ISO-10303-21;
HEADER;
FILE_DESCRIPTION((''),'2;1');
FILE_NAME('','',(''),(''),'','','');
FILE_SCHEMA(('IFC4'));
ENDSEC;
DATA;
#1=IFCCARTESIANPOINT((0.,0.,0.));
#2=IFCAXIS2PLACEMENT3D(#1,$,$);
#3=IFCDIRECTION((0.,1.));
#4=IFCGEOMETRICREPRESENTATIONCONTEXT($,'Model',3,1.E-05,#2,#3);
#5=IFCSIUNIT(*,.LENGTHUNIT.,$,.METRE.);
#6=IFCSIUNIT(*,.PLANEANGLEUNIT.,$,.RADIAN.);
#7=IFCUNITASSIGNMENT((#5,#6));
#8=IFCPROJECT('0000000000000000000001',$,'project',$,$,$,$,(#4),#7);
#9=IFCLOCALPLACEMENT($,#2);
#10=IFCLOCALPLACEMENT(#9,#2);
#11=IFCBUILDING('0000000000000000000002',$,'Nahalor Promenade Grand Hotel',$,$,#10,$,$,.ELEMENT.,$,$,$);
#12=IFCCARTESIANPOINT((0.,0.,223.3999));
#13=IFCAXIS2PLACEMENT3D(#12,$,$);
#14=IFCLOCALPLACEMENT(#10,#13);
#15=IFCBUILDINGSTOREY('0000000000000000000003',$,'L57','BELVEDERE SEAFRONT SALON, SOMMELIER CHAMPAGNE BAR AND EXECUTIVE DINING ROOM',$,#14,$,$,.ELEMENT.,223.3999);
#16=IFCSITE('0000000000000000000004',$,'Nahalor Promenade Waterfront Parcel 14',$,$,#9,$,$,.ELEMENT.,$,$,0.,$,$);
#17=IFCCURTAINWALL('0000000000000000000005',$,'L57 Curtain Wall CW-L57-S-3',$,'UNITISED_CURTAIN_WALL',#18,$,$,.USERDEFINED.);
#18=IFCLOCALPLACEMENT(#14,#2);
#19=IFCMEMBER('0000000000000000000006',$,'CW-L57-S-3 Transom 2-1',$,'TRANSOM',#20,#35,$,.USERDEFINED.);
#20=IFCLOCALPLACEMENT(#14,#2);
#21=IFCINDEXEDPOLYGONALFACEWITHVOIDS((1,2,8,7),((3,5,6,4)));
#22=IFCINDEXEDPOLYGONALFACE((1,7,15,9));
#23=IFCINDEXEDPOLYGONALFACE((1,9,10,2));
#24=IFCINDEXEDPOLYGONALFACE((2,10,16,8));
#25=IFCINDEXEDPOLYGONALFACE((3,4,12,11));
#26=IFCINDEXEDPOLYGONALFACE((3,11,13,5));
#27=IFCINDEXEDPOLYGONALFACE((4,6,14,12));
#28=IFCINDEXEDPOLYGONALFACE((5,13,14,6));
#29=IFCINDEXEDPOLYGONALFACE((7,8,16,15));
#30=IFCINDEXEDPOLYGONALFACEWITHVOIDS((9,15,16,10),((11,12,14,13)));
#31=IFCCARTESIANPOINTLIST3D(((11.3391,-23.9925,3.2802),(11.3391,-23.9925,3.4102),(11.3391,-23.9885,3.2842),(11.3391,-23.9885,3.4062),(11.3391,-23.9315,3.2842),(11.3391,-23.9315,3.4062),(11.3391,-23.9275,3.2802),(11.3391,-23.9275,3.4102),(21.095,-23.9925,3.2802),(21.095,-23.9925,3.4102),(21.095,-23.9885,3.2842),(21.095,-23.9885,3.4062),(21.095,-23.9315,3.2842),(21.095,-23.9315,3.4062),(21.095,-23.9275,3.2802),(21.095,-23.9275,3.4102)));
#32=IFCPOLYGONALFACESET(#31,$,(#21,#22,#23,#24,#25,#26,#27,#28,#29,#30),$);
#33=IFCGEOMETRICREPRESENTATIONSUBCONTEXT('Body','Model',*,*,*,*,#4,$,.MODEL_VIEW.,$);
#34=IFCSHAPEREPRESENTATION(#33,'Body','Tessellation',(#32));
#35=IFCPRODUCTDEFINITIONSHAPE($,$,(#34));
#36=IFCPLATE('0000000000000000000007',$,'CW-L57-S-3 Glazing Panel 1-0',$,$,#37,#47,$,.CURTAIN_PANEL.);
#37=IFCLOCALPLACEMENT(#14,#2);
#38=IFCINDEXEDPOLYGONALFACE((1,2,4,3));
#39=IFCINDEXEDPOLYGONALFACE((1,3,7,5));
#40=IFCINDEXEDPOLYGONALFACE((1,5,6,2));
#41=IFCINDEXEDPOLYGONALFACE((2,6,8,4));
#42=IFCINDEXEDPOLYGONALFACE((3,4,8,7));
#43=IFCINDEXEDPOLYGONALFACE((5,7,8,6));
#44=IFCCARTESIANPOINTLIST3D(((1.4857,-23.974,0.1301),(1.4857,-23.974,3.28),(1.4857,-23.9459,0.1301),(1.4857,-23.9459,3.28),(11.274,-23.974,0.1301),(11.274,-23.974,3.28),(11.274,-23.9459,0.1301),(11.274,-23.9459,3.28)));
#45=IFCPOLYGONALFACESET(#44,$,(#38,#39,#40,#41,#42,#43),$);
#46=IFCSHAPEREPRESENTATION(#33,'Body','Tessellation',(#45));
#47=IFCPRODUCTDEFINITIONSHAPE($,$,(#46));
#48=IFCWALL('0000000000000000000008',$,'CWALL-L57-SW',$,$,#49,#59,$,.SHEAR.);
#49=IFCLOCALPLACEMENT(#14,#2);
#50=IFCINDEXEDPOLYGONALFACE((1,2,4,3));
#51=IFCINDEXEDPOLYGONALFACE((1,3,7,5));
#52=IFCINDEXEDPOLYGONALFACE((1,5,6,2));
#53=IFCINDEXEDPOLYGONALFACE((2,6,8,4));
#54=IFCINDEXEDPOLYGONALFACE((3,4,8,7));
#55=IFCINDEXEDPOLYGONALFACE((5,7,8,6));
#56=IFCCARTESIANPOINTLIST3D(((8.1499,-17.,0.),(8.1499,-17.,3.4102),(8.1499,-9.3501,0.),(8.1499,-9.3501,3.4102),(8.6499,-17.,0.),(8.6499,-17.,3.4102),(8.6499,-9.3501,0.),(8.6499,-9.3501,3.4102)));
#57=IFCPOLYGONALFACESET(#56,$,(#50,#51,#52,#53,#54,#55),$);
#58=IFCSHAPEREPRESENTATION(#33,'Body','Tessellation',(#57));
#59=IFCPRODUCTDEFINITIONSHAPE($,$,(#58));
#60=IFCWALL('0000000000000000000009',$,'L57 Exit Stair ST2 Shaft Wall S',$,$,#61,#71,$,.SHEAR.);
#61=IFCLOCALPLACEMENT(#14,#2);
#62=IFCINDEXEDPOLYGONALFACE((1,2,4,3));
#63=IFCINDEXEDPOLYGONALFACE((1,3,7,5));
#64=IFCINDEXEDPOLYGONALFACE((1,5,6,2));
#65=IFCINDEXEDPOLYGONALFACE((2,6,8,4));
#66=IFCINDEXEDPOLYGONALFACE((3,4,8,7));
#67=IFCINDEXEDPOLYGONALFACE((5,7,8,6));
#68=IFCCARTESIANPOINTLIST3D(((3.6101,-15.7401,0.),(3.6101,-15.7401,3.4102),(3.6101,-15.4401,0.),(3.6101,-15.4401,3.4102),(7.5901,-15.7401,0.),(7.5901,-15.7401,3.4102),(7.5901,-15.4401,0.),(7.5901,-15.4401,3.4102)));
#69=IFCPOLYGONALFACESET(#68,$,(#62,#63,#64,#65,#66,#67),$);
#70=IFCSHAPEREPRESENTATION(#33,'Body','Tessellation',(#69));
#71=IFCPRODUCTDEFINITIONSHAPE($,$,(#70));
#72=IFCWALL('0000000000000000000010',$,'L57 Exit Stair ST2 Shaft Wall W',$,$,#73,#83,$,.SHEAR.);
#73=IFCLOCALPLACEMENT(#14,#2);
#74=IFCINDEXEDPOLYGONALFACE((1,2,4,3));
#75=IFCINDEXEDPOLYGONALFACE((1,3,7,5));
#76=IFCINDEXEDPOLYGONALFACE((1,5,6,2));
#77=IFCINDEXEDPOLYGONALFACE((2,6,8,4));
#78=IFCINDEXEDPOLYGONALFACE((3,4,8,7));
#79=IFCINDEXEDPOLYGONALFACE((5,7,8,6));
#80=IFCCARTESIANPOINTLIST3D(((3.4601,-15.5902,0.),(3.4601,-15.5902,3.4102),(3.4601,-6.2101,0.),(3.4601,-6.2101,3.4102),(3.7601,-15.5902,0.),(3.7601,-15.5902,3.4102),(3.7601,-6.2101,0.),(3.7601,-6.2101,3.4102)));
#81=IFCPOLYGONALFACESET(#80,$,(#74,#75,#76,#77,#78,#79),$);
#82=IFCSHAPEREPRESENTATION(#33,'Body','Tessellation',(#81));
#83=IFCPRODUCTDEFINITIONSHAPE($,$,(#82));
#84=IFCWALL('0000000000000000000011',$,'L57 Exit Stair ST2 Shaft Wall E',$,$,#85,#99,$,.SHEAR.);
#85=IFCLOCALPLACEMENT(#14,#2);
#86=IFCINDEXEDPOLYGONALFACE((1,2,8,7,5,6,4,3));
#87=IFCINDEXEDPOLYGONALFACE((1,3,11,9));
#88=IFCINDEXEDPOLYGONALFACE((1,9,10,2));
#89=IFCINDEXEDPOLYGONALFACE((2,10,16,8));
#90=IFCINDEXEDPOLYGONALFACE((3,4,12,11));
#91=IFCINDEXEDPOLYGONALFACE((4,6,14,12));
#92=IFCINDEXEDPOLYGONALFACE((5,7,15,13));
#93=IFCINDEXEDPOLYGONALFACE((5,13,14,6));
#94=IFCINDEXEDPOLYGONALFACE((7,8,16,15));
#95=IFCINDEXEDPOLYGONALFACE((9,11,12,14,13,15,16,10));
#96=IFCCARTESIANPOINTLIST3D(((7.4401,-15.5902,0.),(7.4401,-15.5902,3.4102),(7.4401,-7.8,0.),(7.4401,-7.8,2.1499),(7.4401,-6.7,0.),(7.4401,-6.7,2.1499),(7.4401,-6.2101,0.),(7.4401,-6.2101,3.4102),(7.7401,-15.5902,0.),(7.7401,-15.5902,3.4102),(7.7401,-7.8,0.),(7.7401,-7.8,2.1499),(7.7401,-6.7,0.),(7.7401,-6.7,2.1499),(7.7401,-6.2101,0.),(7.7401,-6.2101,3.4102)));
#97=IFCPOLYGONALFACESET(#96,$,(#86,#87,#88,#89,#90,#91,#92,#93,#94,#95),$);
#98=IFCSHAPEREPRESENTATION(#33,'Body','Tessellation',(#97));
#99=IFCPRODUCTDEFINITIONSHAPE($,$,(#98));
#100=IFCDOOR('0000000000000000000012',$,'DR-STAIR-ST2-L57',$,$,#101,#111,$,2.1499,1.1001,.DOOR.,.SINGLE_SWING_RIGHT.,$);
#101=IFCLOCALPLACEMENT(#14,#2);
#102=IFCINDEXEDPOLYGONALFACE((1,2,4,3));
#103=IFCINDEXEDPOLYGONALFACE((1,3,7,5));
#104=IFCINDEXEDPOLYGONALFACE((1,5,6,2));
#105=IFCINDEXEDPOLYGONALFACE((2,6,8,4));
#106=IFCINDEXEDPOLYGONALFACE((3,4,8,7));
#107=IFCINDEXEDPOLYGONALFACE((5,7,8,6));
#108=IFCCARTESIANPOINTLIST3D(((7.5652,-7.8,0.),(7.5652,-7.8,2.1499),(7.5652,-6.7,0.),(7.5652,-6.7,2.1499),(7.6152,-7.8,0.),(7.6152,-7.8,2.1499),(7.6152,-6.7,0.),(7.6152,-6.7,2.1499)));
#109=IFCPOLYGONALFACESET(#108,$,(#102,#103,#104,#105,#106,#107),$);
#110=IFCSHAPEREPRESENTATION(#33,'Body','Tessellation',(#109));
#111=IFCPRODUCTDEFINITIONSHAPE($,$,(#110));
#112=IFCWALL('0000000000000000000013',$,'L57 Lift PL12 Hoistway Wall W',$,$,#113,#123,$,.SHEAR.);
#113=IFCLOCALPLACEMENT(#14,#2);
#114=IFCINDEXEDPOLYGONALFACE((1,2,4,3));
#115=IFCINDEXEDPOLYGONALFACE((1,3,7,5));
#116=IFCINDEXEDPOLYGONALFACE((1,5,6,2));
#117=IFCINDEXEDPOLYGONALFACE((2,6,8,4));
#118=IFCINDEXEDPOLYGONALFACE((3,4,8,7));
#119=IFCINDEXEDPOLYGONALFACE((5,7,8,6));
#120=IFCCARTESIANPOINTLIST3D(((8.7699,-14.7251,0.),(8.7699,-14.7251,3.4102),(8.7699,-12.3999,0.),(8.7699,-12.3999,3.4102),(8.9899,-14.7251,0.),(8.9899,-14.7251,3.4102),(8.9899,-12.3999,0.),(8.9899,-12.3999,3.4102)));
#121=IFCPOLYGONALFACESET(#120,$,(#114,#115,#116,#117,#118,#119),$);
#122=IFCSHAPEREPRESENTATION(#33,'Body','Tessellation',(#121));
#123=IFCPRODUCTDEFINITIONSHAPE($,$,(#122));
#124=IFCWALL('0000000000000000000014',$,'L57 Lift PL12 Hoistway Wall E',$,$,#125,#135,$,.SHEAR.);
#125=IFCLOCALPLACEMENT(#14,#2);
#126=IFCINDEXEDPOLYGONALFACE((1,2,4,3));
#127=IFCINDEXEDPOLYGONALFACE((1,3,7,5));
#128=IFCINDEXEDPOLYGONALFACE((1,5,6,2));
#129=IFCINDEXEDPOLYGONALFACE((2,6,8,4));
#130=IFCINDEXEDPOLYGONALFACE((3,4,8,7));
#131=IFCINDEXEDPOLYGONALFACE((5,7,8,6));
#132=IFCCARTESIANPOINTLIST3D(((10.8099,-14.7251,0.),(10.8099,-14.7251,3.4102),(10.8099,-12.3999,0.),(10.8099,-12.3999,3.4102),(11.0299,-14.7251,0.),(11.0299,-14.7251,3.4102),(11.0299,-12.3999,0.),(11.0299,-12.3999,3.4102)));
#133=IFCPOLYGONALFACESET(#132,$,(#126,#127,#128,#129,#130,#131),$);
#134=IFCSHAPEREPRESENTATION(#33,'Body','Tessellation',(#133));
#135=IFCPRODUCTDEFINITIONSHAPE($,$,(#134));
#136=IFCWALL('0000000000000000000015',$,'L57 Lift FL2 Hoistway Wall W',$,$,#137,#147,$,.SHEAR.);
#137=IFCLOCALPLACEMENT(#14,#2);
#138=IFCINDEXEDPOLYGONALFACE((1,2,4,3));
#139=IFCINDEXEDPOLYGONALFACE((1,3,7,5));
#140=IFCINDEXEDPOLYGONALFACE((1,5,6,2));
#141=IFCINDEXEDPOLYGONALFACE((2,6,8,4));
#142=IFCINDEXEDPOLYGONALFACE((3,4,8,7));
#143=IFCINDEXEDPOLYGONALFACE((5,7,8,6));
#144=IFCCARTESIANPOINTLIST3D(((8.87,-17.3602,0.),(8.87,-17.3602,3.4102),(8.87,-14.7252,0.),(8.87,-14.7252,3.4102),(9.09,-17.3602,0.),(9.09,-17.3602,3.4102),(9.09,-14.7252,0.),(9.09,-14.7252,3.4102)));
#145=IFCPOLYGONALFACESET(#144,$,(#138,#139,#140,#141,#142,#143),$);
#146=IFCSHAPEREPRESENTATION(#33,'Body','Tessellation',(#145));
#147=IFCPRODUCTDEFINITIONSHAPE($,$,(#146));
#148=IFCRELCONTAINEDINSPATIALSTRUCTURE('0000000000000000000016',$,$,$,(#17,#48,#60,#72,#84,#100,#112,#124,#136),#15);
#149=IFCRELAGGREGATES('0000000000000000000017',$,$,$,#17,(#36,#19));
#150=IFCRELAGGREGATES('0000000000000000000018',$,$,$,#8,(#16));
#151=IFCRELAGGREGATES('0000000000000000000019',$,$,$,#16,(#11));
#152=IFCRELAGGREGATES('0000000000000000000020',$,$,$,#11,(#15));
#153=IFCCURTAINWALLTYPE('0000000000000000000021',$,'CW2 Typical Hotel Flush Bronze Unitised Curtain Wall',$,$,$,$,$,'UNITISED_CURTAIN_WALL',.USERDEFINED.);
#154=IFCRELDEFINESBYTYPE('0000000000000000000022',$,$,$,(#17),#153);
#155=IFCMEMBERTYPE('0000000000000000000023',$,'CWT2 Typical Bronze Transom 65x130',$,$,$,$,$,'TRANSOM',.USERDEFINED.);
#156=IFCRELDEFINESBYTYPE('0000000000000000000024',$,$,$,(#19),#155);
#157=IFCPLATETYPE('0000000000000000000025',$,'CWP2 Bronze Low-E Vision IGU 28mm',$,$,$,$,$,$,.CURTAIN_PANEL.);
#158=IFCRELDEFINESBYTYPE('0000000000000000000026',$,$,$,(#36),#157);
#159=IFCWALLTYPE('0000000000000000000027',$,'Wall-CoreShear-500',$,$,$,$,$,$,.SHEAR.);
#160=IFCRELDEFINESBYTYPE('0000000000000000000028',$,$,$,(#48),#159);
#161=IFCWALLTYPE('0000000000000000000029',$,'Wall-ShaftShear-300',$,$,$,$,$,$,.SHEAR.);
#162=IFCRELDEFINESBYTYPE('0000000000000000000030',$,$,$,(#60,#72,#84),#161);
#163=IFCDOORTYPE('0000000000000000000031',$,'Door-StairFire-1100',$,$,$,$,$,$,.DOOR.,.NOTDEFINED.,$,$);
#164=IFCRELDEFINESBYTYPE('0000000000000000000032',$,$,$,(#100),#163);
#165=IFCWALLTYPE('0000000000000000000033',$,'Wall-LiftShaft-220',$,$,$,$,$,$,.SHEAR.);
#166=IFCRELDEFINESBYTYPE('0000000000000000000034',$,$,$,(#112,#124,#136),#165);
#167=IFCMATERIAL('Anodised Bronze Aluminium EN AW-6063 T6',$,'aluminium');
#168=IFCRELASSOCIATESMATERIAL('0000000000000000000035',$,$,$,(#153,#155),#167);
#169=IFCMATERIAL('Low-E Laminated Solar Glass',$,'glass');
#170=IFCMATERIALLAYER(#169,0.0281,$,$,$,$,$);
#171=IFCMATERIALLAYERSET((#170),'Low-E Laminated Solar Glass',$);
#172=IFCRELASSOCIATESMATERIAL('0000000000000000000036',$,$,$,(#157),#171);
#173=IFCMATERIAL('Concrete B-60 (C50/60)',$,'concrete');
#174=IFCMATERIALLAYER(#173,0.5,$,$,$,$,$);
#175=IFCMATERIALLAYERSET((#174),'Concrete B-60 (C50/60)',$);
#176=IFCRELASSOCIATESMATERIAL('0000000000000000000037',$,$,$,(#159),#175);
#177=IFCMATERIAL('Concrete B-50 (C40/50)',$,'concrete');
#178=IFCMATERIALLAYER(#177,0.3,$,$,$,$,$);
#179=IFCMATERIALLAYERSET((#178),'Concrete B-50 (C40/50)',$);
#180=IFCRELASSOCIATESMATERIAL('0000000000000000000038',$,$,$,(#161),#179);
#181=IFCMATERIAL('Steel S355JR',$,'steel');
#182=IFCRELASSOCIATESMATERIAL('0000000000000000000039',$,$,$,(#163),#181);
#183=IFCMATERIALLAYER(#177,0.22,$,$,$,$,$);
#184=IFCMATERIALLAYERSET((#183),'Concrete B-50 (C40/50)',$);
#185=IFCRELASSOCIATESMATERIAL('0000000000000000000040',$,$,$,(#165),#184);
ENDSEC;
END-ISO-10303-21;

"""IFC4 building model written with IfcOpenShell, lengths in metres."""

from ifc_helpers import new_model, si_unit, direction, frame, frame_2d, origin, origin_2d, place, context, subcontext, project, spatial, rectangle, hollow_rectangle, extrude, source, transform, mapped, material, layer, layer_set, material_profile, profile_set, type_object, element, fill, aggregate, save


model = new_model("IFC4")

# Units and contexts
model_context = context("Model", 3, precision=1e-05, world=origin(), true_north=direction((0.0, 1.0)))
body_context = subcontext(model_context, "Body", "Model", "MODEL_VIEW")
ifc_project = project(units=[si_unit("LENGTHUNIT", "METRE"), si_unit("PLANEANGLEUNIT", "RADIAN")], contexts=[model_context])

# Site, building, storey
site_placement = place(None, origin())
site = spatial("IfcSite", under=ifc_project, at=site_placement, Name="Nahalor Promenade Waterfront Parcel 14", CompositionType="ELEMENT", RefElevation=0.0)
building_placement = place(site_placement, origin())
building = spatial("IfcBuilding", under=site, at=building_placement, Name="Nahalor Promenade Grand Hotel", CompositionType="ELEMENT")
storey_placement = place(building_placement, frame((0.0, 0.0, 223.3999)))
storey = spatial("IfcBuildingStorey", under=building, at=storey_placement, Name="L57", Description="BELVEDERE SEAFRONT SALON, SOMMELIER CHAMPAGNE BAR AND EXECUTIVE DINING ROOM", CompositionType="ELEMENT", Elevation=223.3999)

# Shared definitions
ifc_material_1 = material(Name="Concrete B-60 (C50/60)", Category="concrete")
ifc_material_2 = material(Name="Steel S355JR", Category="steel")

# Curtain wall, member, plate
ifc_material_3 = material(Name="Anodised Bronze Aluminium EN AW-6063 T6", Category="aluminium")
curtain_wall_type = type_object("IfcCurtainWallType", Name="CW2 Typical Hotel Flush Bronze Unitised Curtain Wall", ElementType="UNITISED_CURTAIN_WALL", PredefinedType="USERDEFINED", material=ifc_material_3)
curtain_wall_placement = place(storey_placement, origin())
curtain_wall = element("IfcCurtainWall", 1, at=curtain_wall_placement, inside=storey, type_object=curtain_wall_type, Name="L57 Curtain Wall CW-L57-S-3", ObjectType="UNITISED_CURTAIN_WALL", PredefinedType="USERDEFINED")
ifc_material_profile_1 = material_profile(ifc_material_3, hollow_rectangle(XDim=0.065, YDim=0.13, WallThickness=0.004, at=origin_2d()), Name="CWT 65x130x4")
ifc_profile_set_1 = profile_set([ifc_material_profile_1], Name="Anodised Bronze Aluminium EN AW-6063 T6")
member_type_1 = type_object("IfcMemberType", Name="CWT2 Typical Bronze Transom 65x130", ElementType="TRANSOM", PredefinedType="USERDEFINED", material=ifc_profile_set_1)
shared_shape_1 = source(origin(), body_context, "Body", "SweptSolid", [
    extrude(hollow_rectangle(XDim=0.065, YDim=0.13, WallThickness=0.004, at=origin_2d()), origin(), (0.0, 0.0, 1.0), 9.7559),
])
member_1_placement = place(storey_placement, frame((11.3391, -23.96, 3.3452), z_axis=(1.0, 0.0, 0.0), x_axis=(0.0, 1.0, 0.0)))
member_1 = element("IfcMember", 2, at=member_1_placement, type_object=member_type_1, Name="CW-L57-S-3 Transom 2-1", ObjectType="TRANSOM", PredefinedType="USERDEFINED", context=body_context, shape_type="MappedRepresentation", body=[
    mapped(shared_shape_1, transform((0.0, 0.0, 0.0), scale=1.0)),
])
ifc_material_4 = material(Name="Low-E Laminated Solar Glass", Category="glass")
ifc_layer_1 = layer(ifc_material_4, 0.0281)
ifc_layer_set_1 = layer_set([ifc_layer_1], Name="Low-E Laminated Solar Glass")
plate_type = type_object("IfcPlateType", Name="CWP2 Bronze Low-E Vision IGU 28mm", PredefinedType="CURTAIN_PANEL", material=ifc_layer_set_1)
shared_shape_2 = source(origin(), body_context, "Body", "SweptSolid", [
    extrude(rectangle(XDim=9.7883, YDim=0.0281, at=origin_2d()), origin(), (0.0, 0.0, 1.0), 3.1499),
])
plate_placement = place(storey_placement, frame((6.3799, -23.96, 0.1301), z_axis=(0.0, 0.0, 1.0), x_axis=(1.0, 0.0, 0.0)))
plate = element("IfcPlate", 3, at=plate_placement, type_object=plate_type, Name="CW-L57-S-3 Glazing Panel 1-0", PredefinedType="CURTAIN_PANEL", context=body_context, shape_type="MappedRepresentation", body=[
    mapped(shared_shape_2, transform((0.0, 0.0, 0.0), scale=1.0)),
])
aggregate(curtain_wall, [plate, member_1])

# Walls
ifc_layer_2 = layer(ifc_material_1, 0.5)
ifc_layer_set_2 = layer_set([ifc_layer_2], Name="Concrete B-60 (C50/60)")
wall_type_1 = type_object("IfcWallType", Name="Wall-CoreShear-500", PredefinedType="SHEAR", material=ifc_layer_set_2)
shared_shape_3 = source(origin(), body_context, "Body", "SweptSolid", [
    extrude(rectangle(XDim=7.6499, YDim=0.5, at=frame_2d((3.825, 0.0))), origin(), (0.0, 0.0, 1.0), 3.4102),
])
wall_1_placement = place(storey_placement, frame((8.3999, -17.0, 0.0), z_axis=(0.0, 0.0, 1.0), x_axis=(0.0, 1.0, 0.0)))
element("IfcWall", 4, at=wall_1_placement, inside=storey, type_object=wall_type_1, Name="CWALL-L57-SW", PredefinedType="SHEAR", context=body_context, shape_type="MappedRepresentation", body=[
    mapped(shared_shape_3, transform((0.0, 0.0, 0.0), scale=1.0)),
])
ifc_material_5 = material(Name="Concrete B-50 (C40/50)", Category="concrete")
ifc_layer_3 = layer(ifc_material_5, 0.3)
ifc_layer_set_3 = layer_set([ifc_layer_3], Name="Concrete B-50 (C40/50)")
wall_type_2 = type_object("IfcWallType", Name="Wall-ShaftShear-300", PredefinedType="SHEAR", material=ifc_layer_set_3)
shared_shape_4 = source(origin(), body_context, "Body", "SweptSolid", [
    extrude(rectangle(XDim=3.98, YDim=0.3, at=frame_2d((1.99, 0.0))), origin(), (0.0, 0.0, 1.0), 3.4102),
])
wall_2_placement = place(storey_placement, frame((3.6101, -15.5901, 0.0), z_axis=(0.0, 0.0, 1.0), x_axis=(1.0, 0.0, 0.0)))
element("IfcWall", 5, at=wall_2_placement, inside=storey, type_object=wall_type_2, Name="L57 Exit Stair ST2 Shaft Wall S", PredefinedType="SHEAR", context=body_context, shape_type="MappedRepresentation", body=[
    mapped(shared_shape_4, transform((0.0, 0.0, 0.0), scale=1.0)),
])
shared_shape_5 = source(origin(), body_context, "Body", "SweptSolid", [
    extrude(rectangle(XDim=9.3801, YDim=0.3, at=frame_2d((4.6899, 0.0))), origin(), (0.0, 0.0, 1.0), 3.4102),
])
wall_3_placement = place(storey_placement, frame((3.6101, -15.5901, 0.0), z_axis=(0.0, 0.0, 1.0), x_axis=(0.0, 1.0, 0.0)))
element("IfcWall", 6, at=wall_3_placement, inside=storey, type_object=wall_type_2, Name="L57 Exit Stair ST2 Shaft Wall W", PredefinedType="SHEAR", context=body_context, shape_type="MappedRepresentation", body=[
    mapped(shared_shape_5, transform((0.0, 0.0, 0.0), scale=1.0)),
])

# Wall, opening, door
wall_4_placement = place(storey_placement, frame((7.5901, -15.5901, 0.0), z_axis=(0.0, 0.0, 1.0), x_axis=(0.0, 1.0, 0.0)))
wall_4 = element("IfcWall", 7, at=wall_4_placement, inside=storey, type_object=wall_type_2, Name="L57 Exit Stair ST2 Shaft Wall E", PredefinedType="SHEAR", context=body_context, shape_type="MappedRepresentation", body=[
    mapped(shared_shape_5, transform((0.0, 0.0, 0.0), scale=1.0)),
])
opening_1_placement = place(wall_4_placement, frame((7.79, 0.0, 0.0)))
opening_1 = element("IfcOpeningElement", 8, at=opening_1_placement, cuts=wall_4, PredefinedType="OPENING", context=body_context, shape_type="SweptSolid", body=[
    extrude(rectangle(XDim=1.1001, YDim=2.1499, at=frame_2d((0.55, 1.075))), frame((0.0, 0.1599, 0.0), z_axis=(0.0, -1.0, 0.0), x_axis=(1.0, 0.0, 0.0)), (0.0, 0.0, 1.0), 0.3201),
])
door_type_1 = type_object("IfcDoorType", Name="Door-StairFire-1100", OperationType="NOTDEFINED", PredefinedType="DOOR", material=ifc_material_2)
shared_shape_6 = source(origin(), body_context, "Body", "SweptSolid", [
    extrude(rectangle(XDim=1.1001, YDim=2.1499, at=frame_2d((0.55, 1.075))), frame((0.0, 0.0249, 0.0), z_axis=(0.0, -1.0, 0.0), x_axis=(1.0, 0.0, 0.0)), (0.0, 0.0, 1.0), 0.05),
])
door_1_placement = place(opening_1_placement, origin())
door_1 = element("IfcDoor", 9, at=door_1_placement, inside=storey, type_object=door_type_1, Name="DR-STAIR-ST2-L57", OperationType="SINGLE_SWING_RIGHT", OverallHeight=2.1499, OverallWidth=1.1001, PredefinedType="DOOR", context=body_context, shape_type="MappedRepresentation", body=[
    mapped(shared_shape_6, transform((0.0, 0.0, 0.0), scale=1.0)),
])
fill(opening_1, door_1)

# Walls
ifc_layer_4 = layer(ifc_material_5, 0.22)
ifc_layer_set_4 = layer_set([ifc_layer_4], Name="Concrete B-50 (C40/50)")
wall_type_3 = type_object("IfcWallType", Name="Wall-LiftShaft-220", PredefinedType="SHEAR", material=ifc_layer_set_4)
shared_shape_7 = source(origin(), body_context, "Body", "SweptSolid", [
    extrude(rectangle(XDim=2.3252, YDim=0.22, at=frame_2d((1.1626, 0.0))), origin(), (0.0, 0.0, 1.0), 3.4102),
])
for number, where, z_axis, x_axis, name in (
    (10, (8.8799, -14.7251, 0.0), (0.0, 0.0, 1.0), (0.0, 1.0, 0.0), "L57 Lift PL12 Hoistway Wall W"),
    (11, (10.9199, -14.7251, 0.0), (0.0, 0.0, 1.0), (0.0, 1.0, 0.0), "L57 Lift PL12 Hoistway Wall E"),
):
    element("IfcWall", number, at=place(storey_placement, frame(where, z_axis=z_axis, x_axis=x_axis)), inside=storey, type_object=wall_type_3, Name=name, PredefinedType="SHEAR", context=body_context, shape_type="MappedRepresentation", body=[
        mapped(shared_shape_7, transform((0.0, 0.0, 0.0), scale=1.0)),
    ])
shared_shape_8 = source(origin(), body_context, "Body", "SweptSolid", [
    extrude(rectangle(XDim=2.635, YDim=0.22, at=frame_2d((1.3174, 0.0))), origin(), (0.0, 0.0, 1.0), 3.4102),
])
wall_5_placement = place(storey_placement, frame((8.98, -17.3601, 0.0), z_axis=(0.0, 0.0, 1.0), x_axis=(0.0, 1.0, 0.0)))
element("IfcWall", 12, at=wall_5_placement, inside=storey, type_object=wall_type_3, Name="L57 Lift FL2 Hoistway Wall W", PredefinedType="SHEAR", context=body_context, shape_type="MappedRepresentation", body=[
    mapped(shared_shape_8, transform((0.0, 0.0, 0.0), scale=1.0)),
])

save(model, "model.ifc")
